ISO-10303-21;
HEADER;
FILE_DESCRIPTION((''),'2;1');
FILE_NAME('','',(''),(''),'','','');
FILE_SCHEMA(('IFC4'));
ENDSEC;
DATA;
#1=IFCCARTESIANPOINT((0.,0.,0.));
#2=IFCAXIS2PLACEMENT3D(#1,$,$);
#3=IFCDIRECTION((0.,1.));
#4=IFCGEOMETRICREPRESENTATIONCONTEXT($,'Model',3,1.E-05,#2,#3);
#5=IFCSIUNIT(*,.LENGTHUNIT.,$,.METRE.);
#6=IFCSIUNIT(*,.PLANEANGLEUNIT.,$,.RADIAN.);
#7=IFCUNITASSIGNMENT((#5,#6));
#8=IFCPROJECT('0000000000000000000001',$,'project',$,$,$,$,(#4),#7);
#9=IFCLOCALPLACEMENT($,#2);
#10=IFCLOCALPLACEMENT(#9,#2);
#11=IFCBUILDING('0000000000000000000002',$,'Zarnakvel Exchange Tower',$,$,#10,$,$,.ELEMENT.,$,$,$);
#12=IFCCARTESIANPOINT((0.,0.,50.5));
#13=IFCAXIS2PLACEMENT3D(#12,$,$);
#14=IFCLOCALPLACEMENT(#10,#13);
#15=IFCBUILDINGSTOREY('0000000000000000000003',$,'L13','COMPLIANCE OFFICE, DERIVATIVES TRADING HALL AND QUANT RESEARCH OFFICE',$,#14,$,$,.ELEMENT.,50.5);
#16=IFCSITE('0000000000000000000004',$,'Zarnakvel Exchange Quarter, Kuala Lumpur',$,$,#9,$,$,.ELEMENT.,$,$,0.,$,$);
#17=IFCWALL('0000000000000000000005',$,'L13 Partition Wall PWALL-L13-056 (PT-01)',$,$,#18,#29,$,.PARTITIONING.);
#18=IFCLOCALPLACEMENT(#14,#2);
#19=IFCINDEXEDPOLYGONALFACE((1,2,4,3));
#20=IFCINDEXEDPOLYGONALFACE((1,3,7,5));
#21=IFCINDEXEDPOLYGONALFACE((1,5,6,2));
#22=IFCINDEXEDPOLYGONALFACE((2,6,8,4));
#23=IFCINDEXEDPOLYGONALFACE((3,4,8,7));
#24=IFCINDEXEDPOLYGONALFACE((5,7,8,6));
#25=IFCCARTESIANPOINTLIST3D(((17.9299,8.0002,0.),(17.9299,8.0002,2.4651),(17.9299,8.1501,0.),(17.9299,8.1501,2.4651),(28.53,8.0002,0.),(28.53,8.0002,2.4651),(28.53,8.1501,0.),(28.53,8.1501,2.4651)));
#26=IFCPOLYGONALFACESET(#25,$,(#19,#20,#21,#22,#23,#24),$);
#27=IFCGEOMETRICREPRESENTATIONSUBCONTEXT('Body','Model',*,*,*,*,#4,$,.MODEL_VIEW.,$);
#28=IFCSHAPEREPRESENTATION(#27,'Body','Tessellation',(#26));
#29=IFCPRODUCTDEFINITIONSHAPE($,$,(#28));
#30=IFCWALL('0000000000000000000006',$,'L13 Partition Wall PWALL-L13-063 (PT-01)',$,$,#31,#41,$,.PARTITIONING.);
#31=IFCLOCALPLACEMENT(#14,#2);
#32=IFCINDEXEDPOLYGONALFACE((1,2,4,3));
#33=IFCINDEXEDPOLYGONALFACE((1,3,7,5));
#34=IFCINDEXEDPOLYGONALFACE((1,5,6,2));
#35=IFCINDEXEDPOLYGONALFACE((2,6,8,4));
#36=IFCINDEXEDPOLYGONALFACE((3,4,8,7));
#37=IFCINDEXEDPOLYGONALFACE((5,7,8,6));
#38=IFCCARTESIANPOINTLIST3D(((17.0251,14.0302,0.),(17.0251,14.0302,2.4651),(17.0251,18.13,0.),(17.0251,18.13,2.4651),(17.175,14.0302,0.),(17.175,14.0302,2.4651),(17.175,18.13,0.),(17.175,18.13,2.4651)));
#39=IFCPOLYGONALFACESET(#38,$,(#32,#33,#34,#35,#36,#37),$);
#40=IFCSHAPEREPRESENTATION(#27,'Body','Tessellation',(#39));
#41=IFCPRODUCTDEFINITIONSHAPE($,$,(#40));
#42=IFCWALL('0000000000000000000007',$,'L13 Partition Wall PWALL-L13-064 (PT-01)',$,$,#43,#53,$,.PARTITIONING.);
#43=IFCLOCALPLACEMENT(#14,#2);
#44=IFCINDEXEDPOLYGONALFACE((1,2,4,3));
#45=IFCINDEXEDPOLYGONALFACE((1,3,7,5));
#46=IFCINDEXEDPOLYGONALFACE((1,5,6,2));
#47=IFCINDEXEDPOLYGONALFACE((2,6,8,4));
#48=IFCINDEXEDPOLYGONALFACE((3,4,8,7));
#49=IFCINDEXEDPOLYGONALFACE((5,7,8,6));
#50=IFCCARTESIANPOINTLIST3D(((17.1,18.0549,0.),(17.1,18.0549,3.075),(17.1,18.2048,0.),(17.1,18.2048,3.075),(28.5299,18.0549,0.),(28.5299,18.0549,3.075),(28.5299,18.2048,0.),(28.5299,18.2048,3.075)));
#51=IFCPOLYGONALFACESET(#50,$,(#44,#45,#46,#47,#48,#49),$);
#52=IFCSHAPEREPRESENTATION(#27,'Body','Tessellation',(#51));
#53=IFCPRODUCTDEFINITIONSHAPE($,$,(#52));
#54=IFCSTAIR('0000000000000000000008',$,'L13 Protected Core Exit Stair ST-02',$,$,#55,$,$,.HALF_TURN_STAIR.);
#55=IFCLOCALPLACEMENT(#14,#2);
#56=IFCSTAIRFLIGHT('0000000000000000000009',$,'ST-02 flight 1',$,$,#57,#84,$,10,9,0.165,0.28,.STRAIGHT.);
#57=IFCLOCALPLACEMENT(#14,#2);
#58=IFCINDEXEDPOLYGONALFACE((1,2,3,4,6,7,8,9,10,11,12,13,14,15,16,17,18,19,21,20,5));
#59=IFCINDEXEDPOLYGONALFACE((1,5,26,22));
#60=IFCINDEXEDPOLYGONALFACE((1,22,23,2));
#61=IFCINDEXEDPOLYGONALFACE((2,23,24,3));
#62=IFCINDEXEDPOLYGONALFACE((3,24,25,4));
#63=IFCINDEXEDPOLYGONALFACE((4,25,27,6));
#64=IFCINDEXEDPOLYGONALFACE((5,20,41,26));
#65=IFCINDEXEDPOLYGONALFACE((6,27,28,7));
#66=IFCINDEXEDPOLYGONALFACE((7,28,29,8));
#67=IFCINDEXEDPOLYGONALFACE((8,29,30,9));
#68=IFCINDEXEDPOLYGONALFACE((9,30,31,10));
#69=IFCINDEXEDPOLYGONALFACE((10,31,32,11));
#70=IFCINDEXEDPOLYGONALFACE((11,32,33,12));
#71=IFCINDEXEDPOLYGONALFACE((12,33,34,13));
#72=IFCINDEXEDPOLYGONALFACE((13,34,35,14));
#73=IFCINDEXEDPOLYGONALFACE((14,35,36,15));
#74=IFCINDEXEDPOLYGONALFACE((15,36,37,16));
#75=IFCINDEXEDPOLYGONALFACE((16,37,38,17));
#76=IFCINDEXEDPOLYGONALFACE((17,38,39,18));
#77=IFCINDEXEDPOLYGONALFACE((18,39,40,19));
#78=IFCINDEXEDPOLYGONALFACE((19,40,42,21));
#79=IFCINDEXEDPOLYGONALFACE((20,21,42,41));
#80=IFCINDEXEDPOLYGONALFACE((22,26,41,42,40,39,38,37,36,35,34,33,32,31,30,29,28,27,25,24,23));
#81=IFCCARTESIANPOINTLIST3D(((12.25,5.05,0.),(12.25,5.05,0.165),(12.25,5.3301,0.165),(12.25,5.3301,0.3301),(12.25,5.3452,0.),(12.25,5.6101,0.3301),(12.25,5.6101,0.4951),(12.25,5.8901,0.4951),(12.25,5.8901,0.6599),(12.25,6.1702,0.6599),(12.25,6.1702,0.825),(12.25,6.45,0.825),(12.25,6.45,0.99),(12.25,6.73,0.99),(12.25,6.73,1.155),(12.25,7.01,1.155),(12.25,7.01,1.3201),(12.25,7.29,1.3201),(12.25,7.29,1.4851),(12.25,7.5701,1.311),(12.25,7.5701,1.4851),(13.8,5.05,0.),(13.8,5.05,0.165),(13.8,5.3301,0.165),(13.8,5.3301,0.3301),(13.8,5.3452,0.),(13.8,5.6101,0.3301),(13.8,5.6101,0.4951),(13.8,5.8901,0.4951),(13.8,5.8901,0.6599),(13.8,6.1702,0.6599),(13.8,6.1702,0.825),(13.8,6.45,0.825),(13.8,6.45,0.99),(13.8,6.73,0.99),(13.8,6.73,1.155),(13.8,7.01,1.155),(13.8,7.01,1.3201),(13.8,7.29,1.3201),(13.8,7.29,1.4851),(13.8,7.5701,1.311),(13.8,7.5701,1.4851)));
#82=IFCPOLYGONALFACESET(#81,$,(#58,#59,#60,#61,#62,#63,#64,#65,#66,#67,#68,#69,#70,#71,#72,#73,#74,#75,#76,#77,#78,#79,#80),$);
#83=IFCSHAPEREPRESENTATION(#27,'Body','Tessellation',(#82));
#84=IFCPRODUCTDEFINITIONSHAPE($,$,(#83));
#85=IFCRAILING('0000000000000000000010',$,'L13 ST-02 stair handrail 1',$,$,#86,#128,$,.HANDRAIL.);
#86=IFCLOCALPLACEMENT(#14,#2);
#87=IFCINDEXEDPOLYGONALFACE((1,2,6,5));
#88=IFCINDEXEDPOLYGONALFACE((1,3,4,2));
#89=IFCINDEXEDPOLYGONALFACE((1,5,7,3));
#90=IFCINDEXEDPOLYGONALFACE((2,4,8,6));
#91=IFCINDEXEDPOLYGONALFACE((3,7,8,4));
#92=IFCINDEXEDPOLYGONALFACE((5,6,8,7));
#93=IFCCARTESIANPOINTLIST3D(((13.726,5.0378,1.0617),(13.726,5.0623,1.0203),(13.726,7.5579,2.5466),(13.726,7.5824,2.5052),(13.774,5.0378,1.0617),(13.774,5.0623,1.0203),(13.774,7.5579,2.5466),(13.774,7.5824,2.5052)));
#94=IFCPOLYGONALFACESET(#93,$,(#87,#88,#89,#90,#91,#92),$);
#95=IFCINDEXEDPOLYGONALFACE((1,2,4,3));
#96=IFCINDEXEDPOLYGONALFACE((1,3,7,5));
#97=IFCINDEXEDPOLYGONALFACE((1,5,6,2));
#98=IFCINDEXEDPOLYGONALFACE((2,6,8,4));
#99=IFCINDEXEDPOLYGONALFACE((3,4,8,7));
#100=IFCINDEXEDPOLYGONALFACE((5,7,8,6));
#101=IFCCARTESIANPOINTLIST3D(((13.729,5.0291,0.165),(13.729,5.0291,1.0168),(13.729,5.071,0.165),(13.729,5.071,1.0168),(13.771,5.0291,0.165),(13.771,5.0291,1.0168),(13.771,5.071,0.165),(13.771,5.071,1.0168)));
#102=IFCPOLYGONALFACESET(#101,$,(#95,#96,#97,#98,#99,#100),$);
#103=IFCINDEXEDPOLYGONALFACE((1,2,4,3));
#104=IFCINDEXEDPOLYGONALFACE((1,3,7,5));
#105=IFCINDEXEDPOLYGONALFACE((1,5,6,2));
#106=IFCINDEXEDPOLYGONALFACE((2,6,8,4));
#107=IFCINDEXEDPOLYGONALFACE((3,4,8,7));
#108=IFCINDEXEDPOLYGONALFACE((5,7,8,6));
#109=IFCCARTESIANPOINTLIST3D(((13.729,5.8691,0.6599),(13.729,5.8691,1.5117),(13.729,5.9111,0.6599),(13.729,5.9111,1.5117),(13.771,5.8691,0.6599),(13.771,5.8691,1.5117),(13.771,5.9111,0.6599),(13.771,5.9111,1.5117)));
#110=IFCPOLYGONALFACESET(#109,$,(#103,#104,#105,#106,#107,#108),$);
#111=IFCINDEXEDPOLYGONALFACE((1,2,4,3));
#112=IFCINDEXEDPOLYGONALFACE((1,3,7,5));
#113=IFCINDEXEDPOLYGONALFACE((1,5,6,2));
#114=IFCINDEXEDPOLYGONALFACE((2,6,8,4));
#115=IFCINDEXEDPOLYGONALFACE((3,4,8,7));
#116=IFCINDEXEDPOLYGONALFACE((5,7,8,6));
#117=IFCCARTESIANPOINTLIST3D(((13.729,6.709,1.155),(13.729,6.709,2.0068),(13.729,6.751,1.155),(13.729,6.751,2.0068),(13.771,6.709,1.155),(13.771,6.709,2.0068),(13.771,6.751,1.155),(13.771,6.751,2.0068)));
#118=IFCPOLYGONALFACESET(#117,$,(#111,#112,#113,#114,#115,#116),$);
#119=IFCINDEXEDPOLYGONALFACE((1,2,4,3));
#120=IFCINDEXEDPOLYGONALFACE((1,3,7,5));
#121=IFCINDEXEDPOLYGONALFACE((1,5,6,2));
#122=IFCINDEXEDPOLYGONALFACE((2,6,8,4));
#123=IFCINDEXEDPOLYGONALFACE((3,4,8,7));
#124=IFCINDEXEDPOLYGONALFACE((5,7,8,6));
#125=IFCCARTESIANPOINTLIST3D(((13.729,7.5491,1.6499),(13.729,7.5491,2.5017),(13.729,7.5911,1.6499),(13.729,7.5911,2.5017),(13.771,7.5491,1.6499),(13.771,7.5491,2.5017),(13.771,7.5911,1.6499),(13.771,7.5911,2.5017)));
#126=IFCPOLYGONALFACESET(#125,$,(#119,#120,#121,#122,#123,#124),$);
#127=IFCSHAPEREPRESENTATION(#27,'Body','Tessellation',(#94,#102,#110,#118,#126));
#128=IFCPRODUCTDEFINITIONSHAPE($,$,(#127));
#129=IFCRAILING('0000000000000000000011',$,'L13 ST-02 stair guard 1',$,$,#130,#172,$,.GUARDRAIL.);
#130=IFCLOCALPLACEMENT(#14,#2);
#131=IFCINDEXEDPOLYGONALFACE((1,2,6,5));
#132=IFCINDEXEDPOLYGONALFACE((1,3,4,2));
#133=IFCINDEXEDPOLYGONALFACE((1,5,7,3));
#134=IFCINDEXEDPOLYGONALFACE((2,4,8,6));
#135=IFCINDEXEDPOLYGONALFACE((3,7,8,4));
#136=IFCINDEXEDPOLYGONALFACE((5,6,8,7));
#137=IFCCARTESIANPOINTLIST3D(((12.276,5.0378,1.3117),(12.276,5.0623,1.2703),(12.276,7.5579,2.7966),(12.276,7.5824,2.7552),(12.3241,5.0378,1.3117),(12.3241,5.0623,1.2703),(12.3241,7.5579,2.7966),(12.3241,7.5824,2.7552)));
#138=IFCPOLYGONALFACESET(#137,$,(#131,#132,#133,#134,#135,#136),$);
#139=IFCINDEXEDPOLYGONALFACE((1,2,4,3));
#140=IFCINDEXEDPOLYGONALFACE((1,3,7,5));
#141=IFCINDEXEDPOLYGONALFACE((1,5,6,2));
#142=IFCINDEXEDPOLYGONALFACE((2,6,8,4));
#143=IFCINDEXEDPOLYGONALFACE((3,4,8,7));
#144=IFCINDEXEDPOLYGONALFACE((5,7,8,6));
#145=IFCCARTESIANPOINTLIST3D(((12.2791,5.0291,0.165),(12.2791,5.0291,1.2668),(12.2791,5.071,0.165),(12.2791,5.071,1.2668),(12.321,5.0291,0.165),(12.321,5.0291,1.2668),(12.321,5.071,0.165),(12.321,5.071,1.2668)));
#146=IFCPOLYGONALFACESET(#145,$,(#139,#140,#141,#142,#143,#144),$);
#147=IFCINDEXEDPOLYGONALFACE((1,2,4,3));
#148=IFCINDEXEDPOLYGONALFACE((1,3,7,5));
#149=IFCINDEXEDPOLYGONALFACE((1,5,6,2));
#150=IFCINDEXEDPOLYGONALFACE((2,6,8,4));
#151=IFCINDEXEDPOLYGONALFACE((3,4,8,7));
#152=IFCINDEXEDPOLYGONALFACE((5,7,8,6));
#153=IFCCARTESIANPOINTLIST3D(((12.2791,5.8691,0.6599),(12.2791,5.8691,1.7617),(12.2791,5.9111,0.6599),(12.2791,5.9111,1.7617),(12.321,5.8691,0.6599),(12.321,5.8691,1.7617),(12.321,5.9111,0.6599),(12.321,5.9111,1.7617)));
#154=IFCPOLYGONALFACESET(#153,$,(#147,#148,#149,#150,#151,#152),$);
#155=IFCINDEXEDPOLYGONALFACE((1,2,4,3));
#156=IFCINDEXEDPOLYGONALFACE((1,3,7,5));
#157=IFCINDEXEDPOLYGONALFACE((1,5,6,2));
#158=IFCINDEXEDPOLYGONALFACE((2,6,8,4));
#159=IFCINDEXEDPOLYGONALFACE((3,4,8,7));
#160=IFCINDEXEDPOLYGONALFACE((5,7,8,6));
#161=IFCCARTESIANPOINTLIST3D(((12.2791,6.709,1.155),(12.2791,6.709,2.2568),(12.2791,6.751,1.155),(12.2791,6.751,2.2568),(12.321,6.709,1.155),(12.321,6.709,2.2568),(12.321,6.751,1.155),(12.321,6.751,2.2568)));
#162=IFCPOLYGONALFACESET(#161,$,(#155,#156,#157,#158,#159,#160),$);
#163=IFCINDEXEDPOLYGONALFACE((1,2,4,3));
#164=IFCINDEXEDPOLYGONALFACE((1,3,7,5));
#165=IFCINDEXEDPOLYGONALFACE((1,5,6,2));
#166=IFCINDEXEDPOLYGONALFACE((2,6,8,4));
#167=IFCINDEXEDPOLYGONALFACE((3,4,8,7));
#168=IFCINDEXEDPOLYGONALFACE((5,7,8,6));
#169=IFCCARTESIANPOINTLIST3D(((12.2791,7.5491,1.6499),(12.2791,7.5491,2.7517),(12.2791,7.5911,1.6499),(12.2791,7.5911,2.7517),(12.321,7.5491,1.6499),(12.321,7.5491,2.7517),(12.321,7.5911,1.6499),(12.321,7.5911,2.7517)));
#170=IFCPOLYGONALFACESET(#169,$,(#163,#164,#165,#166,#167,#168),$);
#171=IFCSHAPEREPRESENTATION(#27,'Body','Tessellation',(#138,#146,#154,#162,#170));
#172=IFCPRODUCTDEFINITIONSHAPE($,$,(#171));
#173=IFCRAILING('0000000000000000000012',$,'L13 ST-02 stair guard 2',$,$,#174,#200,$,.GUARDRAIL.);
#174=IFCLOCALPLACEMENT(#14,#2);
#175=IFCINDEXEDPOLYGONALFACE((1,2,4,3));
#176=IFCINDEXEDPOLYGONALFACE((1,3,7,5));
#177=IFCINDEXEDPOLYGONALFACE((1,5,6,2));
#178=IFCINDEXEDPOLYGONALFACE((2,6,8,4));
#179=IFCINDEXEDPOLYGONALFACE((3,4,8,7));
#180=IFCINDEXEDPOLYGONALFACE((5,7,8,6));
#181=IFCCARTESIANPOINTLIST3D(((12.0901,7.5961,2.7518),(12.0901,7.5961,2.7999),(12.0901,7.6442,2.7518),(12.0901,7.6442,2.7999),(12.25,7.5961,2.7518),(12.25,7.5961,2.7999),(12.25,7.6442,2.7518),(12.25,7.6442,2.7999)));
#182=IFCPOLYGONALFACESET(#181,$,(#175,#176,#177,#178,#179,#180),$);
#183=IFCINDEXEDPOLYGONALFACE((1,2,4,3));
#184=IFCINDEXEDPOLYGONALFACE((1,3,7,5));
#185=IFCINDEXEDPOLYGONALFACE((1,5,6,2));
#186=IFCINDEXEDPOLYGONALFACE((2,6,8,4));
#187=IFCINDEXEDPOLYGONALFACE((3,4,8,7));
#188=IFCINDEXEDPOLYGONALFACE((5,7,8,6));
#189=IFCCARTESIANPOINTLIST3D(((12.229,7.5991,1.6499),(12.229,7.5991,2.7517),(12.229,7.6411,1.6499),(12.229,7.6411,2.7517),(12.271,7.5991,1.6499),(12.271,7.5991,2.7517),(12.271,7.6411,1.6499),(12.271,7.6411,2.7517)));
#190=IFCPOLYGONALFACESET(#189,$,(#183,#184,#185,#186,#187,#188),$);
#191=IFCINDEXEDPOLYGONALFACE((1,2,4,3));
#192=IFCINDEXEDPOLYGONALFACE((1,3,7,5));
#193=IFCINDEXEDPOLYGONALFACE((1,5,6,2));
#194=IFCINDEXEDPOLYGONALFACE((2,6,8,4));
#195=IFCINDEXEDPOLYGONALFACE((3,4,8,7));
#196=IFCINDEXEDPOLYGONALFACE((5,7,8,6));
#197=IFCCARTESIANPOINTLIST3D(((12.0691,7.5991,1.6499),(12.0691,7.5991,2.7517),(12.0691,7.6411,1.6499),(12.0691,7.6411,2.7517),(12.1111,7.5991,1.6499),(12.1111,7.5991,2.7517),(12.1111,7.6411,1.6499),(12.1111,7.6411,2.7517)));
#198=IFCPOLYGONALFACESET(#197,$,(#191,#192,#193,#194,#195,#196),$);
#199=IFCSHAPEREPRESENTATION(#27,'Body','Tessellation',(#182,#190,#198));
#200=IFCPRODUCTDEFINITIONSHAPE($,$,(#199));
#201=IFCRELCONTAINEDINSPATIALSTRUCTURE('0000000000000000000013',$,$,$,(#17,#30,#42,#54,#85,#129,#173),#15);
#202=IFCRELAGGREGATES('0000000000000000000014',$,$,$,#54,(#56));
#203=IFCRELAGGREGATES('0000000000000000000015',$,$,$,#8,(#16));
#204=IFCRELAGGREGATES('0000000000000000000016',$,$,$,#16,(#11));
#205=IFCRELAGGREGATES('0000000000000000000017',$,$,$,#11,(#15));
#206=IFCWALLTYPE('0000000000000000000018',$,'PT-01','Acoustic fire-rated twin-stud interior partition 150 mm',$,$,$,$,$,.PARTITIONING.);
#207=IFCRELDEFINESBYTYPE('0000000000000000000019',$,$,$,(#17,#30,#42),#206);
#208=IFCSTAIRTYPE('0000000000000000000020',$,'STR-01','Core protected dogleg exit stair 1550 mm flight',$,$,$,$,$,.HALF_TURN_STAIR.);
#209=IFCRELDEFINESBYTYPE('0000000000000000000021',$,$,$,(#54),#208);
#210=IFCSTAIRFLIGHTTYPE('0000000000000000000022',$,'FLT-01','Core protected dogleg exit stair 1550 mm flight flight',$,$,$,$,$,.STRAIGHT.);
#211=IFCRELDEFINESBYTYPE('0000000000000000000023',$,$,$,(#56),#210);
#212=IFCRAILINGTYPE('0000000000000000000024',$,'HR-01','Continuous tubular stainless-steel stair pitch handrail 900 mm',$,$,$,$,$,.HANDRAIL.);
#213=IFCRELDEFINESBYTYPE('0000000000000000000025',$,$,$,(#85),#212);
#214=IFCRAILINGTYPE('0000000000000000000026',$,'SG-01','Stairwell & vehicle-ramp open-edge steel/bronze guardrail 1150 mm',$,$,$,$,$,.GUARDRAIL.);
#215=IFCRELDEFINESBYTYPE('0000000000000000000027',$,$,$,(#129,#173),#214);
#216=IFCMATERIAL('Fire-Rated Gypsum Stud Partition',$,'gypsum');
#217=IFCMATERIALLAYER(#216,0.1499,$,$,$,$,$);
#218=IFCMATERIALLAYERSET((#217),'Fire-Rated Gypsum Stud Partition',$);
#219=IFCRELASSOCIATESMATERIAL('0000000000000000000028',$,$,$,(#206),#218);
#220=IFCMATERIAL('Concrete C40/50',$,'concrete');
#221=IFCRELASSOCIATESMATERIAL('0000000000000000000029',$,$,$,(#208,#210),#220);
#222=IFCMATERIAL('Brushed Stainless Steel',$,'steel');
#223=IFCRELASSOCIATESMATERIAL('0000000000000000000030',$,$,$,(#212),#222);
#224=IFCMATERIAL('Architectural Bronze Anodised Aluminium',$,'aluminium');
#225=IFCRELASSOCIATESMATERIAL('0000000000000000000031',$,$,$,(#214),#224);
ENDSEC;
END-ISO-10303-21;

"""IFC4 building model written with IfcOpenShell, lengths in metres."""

from ifc_helpers import new_model, si_unit, direction, frame, frame_2d, origin, origin_2d, place, context, subcontext, project, spatial, polyline, rectangle, outline, extrude, material, layer, layer_set, type_object, element, aggregate, save


model = new_model("IFC4")

# Units and contexts
model_context = context("Model", 3, precision=1e-05, world=origin(), true_north=direction((0.0, 1.0)))
body_context = subcontext(model_context, "Body", "Model", "MODEL_VIEW")
ifc_project = project(units=[si_unit("LENGTHUNIT", "METRE"), si_unit("PLANEANGLEUNIT", "RADIAN")], contexts=[model_context])

# Site, building, storey
site_placement = place(None, origin())
site = spatial("IfcSite", under=ifc_project, at=site_placement, Name="Zarnakvel Exchange Quarter, Kuala Lumpur", CompositionType="ELEMENT", RefElevation=0.0)
building_placement = place(site_placement, origin())
building = spatial("IfcBuilding", under=site, at=building_placement, Name="Zarnakvel Exchange Tower", CompositionType="ELEMENT")
storey_placement = place(building_placement, frame((0.0, 0.0, 50.5)))
storey = spatial("IfcBuildingStorey", under=building, at=storey_placement, Name="L13", Description="COMPLIANCE OFFICE, DERIVATIVES TRADING HALL AND QUANT RESEARCH OFFICE", CompositionType="ELEMENT", Elevation=50.5)

# Shared definitions
ifc_material_1 = material(Name="Architectural Bronze Anodised Aluminium", Category="aluminium")

# Wall
ifc_material_2 = material(Name="Fire-Rated Gypsum Stud Partition", Category="gypsum")
ifc_layer_1 = layer(ifc_material_2, 0.1499)
ifc_layer_set_1 = layer_set([ifc_layer_1], Name="Fire-Rated Gypsum Stud Partition")
wall_type_1 = type_object("IfcWallType", Name="PT-01", Description="Acoustic fire-rated twin-stud interior partition 150 mm", PredefinedType="PARTITIONING", material=ifc_layer_set_1)
for number, where, z_axis, x_axis, name in (
    (1, (17.9299, 8.0752, 0.0), (0.0, 0.0, 1.0), (1.0, 0.0, 0.0), "L13 Partition Wall PWALL-L13-056 (PT-01)"),
):
    element("IfcWall", number, at=place(storey_placement, frame(where, z_axis=z_axis, x_axis=x_axis)), inside=storey, type_object=wall_type_1, Name=name, PredefinedType="PARTITIONING", context=body_context, shape_type="SweptSolid", body=[
        extrude(rectangle(XDim=10.6001, YDim=0.1499, at=frame_2d((5.3, 0.0))), origin(), (0.0, 0.0, 1.0), 2.4651),
    ])

# Walls
wall_1_placement = place(storey_placement, frame((17.1001, 18.1299, 0.0), z_axis=(0.0, 0.0, 1.0), x_axis=(0.0, -1.0, 0.0)))
element("IfcWall", 2, at=wall_1_placement, inside=storey, type_object=wall_type_1, Name="L13 Partition Wall PWALL-L13-063 (PT-01)", PredefinedType="PARTITIONING", context=body_context, shape_type="SweptSolid", body=[
    extrude(rectangle(XDim=4.0999, YDim=0.1499, at=frame_2d((2.0498, 0.0))), origin(), (0.0, 0.0, 1.0), 2.4651),
])
wall_2_placement = place(storey_placement, frame((17.1001, 18.1299, 0.0), z_axis=(0.0, 0.0, 1.0), x_axis=(1.0, 0.0, 0.0)))
element("IfcWall", 3, at=wall_2_placement, inside=storey, type_object=wall_type_1, Name="L13 Partition Wall PWALL-L13-064 (PT-01)", PredefinedType="PARTITIONING", context=body_context, shape_type="SweptSolid", body=[
    extrude(rectangle(XDim=11.4299, YDim=0.1499, at=frame_2d((5.7148, 0.0))), origin(), (0.0, 0.0, 1.0), 3.075),
])

# Shared definitions
ifc_material_3 = material(Name="Concrete C40/50", Category="concrete")

# Stair, stair flight
stair_type = type_object("IfcStairType", Name="STR-01", Description="Core protected dogleg exit stair 1550 mm flight", PredefinedType="HALF_TURN_STAIR", material=ifc_material_3)
stair_placement = place(storey_placement, origin())
stair = element("IfcStair", 4, at=stair_placement, inside=storey, type_object=stair_type, Name="L13 Protected Core Exit Stair ST-02", PredefinedType="HALF_TURN_STAIR")
stair_flight_type = type_object("IfcStairFlightType", Name="FLT-01", Description="Core protected dogleg exit stair 1550 mm flight flight", PredefinedType="STRAIGHT", material=ifc_material_3)
stair_flight_placement = place(storey_placement, frame((13.0249, 5.05, 0.0), z_axis=(0.0, 0.0, 1.0), x_axis=(0.0, 1.0, 0.0)))
stair_flight = element("IfcStairFlight", 5, at=stair_flight_placement, type_object=stair_flight_type, Name="ST-02 flight 1", NumberOfRisers=10, NumberOfTreads=9, PredefinedType="STRAIGHT", RiserHeight=0.165, TreadLength=0.28, context=body_context, shape_type="SweptSolid", body=[
    extrude(outline(polyline([(0.0, 0.0), (0.0, 0.165), (0.28, 0.165), (0.28, 0.3301), (0.5601, 0.3301), (0.5601, 0.4951), (0.8401, 0.4951), (0.8401, 0.6599), (1.1201, 0.6599), (1.1201, 0.825), (1.3999, 0.825), (1.3999, 0.99), (1.6799, 0.99), (1.6799, 1.155), (1.96, 1.155), (1.96, 1.3201), (2.24, 1.3201), (2.24, 1.4851), (2.52, 1.4851), (2.52, 1.6499), (2.52, 1.311), (0.2952, 0.0), (0.0, 0.0)])), frame((0.0, 0.7749, 0.0), z_axis=(0.0, -1.0, 0.0), x_axis=(1.0, 0.0, 0.0)), (0.0, 0.0, 1.0), 1.55),
])
aggregate(stair, [stair_flight])

# Railings
ifc_material_4 = material(Name="Brushed Stainless Steel", Category="steel")
railing_type_1 = type_object("IfcRailingType", Name="HR-01", Description="Continuous tubular stainless-steel stair pitch handrail 900 mm", PredefinedType="HANDRAIL", material=ifc_material_4)
railing_1_placement = place(storey_placement, frame((13.75, 5.05, 0.165)))
element("IfcRailing", 6, at=railing_1_placement, inside=storey, type_object=railing_type_1, Name="L13 ST-02 stair handrail 1", PredefinedType="HANDRAIL", context=body_context, shape_type="SweptSolid", body=[
    extrude(rectangle(XDim=0.0481, YDim=0.0481, at=origin_2d()), frame((0.0, 0.0, 0.876), z_axis=(0.0, 0.861561, 0.507655), x_axis=(-1.0, 0.0, 0.0)), (0.0, 0.0, 1.0), 2.925),
    extrude(rectangle(XDim=0.042, YDim=0.042, at=origin_2d()), origin(), (0.0, 0.0, 1.0), 0.8518),
    extrude(rectangle(XDim=0.042, YDim=0.042, at=origin_2d()), frame((0.0, 0.8401, 0.4949)), (0.0, 0.0, 1.0), 0.8518),
    extrude(rectangle(XDim=0.042, YDim=0.042, at=origin_2d()), frame((0.0, 1.6799, 0.99)), (0.0, 0.0, 1.0), 0.8518),
    extrude(rectangle(XDim=0.042, YDim=0.042, at=origin_2d()), frame((0.0, 2.52, 1.4849)), (0.0, 0.0, 1.0), 0.8518),
])
railing_type_2 = type_object("IfcRailingType", Name="SG-01", Description="Stairwell & vehicle-ramp open-edge steel/bronze guardrail 1150 mm", PredefinedType="GUARDRAIL", material=ifc_material_1)
railing_2_placement = place(storey_placement, frame((12.3, 5.05, 0.165)))
element("IfcRailing", 7, at=railing_2_placement, inside=storey, type_object=railing_type_2, Name="L13 ST-02 stair guard 1", PredefinedType="GUARDRAIL", context=body_context, shape_type="SweptSolid", body=[
    extrude(rectangle(XDim=0.0481, YDim=0.0481, at=origin_2d()), frame((0.0, 0.0, 1.126), z_axis=(0.0, 0.861561, 0.507655), x_axis=(-1.0, 0.0, 0.0)), (0.0, 0.0, 1.0), 2.925),
    extrude(rectangle(XDim=0.042, YDim=0.042, at=origin_2d()), origin(), (0.0, 0.0, 1.0), 1.1018),
    extrude(rectangle(XDim=0.042, YDim=0.042, at=origin_2d()), frame((0.0, 0.8401, 0.4949)), (0.0, 0.0, 1.0), 1.1018),
    extrude(rectangle(XDim=0.042, YDim=0.042, at=origin_2d()), frame((0.0, 1.6799, 0.99)), (0.0, 0.0, 1.0), 1.1018),
    extrude(rectangle(XDim=0.042, YDim=0.042, at=origin_2d()), frame((0.0, 2.52, 1.4849)), (0.0, 0.0, 1.0), 1.1018),
])
railing_3_placement = place(storey_placement, frame((12.25, 7.6201, 1.6499)))
element("IfcRailing", 8, at=railing_3_placement, inside=storey, type_object=railing_type_2, Name="L13 ST-02 stair guard 2", PredefinedType="GUARDRAIL", context=body_context, shape_type="SweptSolid", body=[
    extrude(rectangle(XDim=0.0481, YDim=0.0481, at=origin_2d()), frame((0.0, 0.0, 1.126), z_axis=(-1.0, 0.0, 0.0), x_axis=(0.0, -1.0, 0.0)), (0.0, 0.0, 1.0), 0.1599),
    extrude(rectangle(XDim=0.042, YDim=0.042, at=origin_2d()), origin(), (0.0, 0.0, 1.0), 1.1018),
    extrude(rectangle(XDim=0.042, YDim=0.042, at=origin_2d()), frame((-0.1599, 0.0, 0.0)), (0.0, 0.0, 1.0), 1.1018),
])

save(model, "model.ifc")
